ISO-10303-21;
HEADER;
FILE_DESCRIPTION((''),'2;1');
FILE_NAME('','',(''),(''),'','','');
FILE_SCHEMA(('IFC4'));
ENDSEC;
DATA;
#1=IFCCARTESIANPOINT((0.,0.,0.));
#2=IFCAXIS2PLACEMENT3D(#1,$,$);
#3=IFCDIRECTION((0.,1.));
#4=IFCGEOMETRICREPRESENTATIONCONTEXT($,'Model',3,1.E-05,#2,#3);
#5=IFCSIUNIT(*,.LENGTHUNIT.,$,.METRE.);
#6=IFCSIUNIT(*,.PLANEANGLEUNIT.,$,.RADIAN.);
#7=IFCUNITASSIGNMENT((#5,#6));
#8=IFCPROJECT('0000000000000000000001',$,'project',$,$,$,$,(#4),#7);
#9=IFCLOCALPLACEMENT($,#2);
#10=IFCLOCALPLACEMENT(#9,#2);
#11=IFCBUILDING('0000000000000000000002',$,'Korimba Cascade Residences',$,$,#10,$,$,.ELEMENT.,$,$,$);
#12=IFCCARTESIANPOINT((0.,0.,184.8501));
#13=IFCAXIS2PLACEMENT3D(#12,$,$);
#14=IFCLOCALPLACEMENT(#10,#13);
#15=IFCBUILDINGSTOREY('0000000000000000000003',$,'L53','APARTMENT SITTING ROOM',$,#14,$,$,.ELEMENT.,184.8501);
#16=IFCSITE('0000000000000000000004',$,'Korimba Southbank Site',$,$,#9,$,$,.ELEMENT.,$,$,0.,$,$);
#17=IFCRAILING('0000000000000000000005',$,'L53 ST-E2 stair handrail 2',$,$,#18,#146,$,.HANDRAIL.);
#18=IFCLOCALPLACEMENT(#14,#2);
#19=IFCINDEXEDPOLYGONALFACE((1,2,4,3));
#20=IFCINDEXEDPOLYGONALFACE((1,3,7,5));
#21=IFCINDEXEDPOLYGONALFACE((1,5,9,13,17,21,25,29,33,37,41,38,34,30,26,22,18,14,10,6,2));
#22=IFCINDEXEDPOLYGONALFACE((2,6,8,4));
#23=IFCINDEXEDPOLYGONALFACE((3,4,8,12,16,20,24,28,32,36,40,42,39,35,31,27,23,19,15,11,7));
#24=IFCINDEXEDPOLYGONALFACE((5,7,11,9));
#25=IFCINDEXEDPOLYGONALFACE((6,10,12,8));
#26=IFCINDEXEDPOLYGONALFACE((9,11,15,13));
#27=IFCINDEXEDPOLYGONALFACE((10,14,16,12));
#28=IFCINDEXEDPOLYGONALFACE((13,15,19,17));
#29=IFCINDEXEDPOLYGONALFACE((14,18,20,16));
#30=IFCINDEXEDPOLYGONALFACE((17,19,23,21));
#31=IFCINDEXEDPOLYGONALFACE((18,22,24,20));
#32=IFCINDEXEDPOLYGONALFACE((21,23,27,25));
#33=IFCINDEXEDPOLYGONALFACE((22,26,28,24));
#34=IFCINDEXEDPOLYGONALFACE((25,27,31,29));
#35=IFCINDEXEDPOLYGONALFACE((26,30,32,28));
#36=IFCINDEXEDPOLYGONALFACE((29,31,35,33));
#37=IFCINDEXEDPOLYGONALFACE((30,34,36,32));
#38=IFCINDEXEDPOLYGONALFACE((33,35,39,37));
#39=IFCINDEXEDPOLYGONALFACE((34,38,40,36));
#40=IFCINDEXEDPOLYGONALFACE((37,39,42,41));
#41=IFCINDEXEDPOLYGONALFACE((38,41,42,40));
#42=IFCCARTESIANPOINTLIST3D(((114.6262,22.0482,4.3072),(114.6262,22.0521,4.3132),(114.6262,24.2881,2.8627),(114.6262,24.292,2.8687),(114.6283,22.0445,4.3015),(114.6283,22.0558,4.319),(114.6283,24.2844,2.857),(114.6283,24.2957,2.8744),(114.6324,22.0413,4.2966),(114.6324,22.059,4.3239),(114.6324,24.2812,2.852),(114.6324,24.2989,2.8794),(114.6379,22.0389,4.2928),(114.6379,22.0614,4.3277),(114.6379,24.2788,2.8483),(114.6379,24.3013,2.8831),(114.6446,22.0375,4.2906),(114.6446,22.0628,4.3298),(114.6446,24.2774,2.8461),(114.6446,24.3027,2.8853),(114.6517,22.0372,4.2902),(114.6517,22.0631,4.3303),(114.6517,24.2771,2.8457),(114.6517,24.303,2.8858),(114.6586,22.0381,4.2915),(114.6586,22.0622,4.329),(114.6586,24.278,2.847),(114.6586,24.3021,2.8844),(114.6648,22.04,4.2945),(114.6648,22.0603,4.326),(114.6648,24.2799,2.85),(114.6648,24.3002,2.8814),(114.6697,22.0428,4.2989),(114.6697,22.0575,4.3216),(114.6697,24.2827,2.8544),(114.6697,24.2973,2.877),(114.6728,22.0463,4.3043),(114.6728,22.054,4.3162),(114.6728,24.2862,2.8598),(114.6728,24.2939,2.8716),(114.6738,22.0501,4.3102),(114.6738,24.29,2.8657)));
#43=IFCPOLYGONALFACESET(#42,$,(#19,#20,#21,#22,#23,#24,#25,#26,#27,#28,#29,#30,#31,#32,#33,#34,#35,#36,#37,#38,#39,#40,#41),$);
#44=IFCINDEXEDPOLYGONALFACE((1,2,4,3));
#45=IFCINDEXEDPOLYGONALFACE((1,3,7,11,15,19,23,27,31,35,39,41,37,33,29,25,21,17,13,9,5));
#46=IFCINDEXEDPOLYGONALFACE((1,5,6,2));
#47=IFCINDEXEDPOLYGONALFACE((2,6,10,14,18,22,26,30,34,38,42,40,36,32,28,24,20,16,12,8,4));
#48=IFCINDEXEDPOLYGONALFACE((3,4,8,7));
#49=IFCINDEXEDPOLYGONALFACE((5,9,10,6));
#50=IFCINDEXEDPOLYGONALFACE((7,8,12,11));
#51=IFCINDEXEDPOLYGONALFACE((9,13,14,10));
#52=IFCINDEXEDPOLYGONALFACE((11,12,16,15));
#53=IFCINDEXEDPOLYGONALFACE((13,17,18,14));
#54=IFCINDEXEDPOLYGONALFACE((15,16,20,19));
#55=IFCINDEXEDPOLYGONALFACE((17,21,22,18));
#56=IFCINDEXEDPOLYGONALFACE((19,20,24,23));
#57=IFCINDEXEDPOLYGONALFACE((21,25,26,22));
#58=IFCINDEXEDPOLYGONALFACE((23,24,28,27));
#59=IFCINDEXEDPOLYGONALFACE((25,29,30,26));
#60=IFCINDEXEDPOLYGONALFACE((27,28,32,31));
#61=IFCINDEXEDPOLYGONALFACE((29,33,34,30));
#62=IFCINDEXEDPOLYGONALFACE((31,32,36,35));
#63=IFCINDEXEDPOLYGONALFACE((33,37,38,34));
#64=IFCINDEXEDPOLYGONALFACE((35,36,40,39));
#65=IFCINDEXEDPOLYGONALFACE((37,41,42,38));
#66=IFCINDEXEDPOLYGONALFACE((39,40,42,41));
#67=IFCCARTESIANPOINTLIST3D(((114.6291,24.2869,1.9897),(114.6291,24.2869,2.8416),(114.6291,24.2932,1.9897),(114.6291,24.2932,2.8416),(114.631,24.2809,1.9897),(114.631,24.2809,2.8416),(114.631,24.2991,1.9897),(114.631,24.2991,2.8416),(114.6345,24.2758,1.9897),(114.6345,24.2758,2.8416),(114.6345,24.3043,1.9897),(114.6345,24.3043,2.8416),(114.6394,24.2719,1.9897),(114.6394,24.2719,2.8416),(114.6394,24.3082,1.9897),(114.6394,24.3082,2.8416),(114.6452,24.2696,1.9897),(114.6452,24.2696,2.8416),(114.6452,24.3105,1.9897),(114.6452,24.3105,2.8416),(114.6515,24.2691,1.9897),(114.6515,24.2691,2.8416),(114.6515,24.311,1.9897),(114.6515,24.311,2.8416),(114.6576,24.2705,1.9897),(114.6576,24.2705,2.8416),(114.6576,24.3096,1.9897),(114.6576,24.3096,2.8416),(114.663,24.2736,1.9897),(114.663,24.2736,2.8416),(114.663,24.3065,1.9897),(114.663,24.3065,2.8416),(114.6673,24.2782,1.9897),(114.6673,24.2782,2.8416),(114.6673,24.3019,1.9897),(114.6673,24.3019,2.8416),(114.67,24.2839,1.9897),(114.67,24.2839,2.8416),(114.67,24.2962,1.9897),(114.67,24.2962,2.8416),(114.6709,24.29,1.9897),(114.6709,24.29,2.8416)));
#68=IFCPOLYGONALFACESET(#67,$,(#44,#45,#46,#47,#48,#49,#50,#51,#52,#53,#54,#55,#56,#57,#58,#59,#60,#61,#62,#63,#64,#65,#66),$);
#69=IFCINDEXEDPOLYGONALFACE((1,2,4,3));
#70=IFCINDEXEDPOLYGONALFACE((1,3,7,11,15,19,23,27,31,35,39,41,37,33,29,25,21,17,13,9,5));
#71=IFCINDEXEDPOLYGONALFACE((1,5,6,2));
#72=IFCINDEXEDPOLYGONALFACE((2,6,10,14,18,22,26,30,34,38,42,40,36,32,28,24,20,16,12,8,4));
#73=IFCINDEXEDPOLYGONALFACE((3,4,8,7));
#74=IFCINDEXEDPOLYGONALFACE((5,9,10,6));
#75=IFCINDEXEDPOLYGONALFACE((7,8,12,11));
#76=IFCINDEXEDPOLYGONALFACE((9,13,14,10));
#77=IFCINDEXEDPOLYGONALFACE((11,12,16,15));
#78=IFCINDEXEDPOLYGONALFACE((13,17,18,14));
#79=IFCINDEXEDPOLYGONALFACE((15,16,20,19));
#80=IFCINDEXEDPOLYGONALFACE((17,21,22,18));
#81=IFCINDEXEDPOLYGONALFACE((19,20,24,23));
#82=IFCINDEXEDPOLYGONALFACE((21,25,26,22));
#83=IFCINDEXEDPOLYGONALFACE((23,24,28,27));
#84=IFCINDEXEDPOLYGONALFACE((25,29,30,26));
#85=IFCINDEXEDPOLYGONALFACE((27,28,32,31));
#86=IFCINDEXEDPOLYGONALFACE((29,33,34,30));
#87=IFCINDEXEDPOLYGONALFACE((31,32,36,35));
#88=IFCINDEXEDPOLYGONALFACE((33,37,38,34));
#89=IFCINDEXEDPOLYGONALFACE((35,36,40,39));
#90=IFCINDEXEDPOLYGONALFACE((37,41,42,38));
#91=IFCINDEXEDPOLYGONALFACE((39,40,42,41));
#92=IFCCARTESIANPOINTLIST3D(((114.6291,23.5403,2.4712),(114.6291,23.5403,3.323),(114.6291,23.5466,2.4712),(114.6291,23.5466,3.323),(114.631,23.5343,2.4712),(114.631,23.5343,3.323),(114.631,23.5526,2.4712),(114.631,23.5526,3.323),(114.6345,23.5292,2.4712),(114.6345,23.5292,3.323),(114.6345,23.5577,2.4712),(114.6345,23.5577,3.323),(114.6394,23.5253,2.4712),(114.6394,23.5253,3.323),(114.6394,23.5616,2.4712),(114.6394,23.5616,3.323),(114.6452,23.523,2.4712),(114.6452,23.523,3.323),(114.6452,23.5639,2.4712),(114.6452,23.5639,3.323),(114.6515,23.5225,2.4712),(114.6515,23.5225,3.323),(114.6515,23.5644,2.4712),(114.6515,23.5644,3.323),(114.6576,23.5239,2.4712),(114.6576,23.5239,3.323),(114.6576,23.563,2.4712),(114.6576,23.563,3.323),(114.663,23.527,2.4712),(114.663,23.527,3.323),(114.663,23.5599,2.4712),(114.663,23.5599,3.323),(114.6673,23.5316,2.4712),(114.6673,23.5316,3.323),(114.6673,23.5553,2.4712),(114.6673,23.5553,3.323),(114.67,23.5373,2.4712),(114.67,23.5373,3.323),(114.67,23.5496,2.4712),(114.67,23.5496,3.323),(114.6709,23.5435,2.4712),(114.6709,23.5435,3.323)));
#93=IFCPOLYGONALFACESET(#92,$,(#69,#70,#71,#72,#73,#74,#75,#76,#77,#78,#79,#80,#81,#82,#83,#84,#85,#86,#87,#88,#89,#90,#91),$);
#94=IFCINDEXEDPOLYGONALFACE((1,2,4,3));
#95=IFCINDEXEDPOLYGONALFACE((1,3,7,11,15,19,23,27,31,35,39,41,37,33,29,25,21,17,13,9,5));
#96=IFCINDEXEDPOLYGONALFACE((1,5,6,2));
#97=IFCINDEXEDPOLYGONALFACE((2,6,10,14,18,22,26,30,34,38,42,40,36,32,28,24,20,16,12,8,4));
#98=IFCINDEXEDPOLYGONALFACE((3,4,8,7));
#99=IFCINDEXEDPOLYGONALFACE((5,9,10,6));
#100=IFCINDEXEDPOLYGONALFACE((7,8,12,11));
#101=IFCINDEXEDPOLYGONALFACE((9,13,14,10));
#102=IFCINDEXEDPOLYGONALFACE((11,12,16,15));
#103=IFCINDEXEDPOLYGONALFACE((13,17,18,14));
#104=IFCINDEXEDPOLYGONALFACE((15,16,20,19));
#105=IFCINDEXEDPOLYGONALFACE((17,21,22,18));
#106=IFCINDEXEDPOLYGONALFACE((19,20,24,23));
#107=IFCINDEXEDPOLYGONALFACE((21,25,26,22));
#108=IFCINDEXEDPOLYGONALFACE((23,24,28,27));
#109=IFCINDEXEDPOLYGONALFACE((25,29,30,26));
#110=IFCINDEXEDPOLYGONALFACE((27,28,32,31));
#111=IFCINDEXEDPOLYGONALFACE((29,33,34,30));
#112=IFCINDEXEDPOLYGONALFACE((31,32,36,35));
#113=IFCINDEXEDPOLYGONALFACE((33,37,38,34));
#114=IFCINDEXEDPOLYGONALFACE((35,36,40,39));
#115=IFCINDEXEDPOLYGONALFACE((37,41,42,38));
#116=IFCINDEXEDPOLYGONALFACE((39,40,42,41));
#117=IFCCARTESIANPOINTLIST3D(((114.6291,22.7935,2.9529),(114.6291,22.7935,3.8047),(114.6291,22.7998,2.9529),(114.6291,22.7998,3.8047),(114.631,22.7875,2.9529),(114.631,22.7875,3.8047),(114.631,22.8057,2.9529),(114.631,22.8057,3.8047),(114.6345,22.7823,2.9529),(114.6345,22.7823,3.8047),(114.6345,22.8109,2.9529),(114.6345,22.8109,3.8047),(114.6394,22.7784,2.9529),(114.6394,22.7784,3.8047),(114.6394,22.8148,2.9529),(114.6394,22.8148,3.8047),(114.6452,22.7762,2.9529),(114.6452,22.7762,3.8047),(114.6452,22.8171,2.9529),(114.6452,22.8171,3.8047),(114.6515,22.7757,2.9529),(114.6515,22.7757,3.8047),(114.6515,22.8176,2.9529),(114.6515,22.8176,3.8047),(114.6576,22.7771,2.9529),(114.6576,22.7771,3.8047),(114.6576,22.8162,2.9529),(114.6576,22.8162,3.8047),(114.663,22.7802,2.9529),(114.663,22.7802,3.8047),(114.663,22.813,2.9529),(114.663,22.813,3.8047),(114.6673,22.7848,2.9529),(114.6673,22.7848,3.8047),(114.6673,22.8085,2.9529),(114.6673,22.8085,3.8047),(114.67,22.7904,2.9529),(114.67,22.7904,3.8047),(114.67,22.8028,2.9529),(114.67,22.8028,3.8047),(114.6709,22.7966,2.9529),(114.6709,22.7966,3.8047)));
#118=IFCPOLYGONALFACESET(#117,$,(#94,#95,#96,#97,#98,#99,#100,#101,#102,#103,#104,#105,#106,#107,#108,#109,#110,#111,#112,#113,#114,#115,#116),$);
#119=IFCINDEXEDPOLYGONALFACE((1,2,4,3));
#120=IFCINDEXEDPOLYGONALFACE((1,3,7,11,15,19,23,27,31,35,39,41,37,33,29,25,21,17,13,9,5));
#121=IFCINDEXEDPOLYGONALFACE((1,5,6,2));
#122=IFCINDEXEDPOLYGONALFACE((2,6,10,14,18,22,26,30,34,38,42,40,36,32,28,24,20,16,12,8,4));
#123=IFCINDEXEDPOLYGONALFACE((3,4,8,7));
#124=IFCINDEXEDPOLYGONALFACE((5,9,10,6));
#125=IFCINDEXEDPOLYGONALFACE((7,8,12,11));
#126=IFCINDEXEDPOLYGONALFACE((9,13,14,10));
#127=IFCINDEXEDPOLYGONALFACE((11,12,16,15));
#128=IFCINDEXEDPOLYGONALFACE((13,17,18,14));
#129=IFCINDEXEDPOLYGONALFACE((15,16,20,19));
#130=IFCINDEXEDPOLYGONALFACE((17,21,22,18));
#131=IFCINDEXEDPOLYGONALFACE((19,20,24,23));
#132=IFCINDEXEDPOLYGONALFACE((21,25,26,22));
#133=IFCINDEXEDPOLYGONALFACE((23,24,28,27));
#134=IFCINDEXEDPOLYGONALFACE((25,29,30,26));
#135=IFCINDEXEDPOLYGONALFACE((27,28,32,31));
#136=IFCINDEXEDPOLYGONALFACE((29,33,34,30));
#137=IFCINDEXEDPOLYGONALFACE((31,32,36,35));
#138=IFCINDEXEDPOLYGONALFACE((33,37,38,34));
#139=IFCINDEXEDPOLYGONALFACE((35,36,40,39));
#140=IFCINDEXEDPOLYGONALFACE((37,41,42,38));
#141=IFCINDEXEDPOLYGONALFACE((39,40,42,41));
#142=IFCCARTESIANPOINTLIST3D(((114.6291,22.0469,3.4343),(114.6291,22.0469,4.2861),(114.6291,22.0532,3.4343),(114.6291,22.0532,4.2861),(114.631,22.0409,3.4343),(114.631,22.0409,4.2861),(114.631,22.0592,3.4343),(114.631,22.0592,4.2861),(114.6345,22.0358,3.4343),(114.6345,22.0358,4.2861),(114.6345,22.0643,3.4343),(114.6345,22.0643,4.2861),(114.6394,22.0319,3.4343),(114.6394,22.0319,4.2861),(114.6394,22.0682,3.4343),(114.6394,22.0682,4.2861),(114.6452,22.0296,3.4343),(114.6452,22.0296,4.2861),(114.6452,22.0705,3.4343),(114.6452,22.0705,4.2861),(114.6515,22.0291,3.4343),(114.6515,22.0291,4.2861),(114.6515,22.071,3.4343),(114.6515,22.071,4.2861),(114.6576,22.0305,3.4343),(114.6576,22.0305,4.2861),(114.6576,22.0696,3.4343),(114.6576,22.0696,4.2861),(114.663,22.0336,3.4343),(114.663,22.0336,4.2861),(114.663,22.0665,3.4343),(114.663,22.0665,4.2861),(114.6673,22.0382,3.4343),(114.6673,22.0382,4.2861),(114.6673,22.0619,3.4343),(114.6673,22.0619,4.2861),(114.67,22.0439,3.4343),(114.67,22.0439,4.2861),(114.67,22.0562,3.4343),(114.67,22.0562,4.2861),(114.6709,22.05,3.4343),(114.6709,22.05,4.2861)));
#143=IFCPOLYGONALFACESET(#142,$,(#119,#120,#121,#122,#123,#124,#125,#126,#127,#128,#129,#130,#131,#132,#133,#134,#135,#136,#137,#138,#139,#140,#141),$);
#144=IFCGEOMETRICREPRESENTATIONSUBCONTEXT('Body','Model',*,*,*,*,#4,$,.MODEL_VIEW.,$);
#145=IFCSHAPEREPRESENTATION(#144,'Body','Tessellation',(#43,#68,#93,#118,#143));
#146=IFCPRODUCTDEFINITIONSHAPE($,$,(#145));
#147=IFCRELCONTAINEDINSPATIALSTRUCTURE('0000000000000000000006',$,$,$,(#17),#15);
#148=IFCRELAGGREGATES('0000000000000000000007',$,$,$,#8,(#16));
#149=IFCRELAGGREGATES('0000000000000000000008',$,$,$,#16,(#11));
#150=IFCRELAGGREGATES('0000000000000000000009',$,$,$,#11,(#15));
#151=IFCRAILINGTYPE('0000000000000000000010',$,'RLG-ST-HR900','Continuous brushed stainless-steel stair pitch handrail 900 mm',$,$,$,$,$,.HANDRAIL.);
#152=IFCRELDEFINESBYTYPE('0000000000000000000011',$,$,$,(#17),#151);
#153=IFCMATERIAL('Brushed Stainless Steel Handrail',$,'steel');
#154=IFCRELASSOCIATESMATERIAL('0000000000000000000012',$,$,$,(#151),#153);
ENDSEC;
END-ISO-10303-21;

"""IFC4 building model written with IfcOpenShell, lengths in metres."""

from ifc_helpers import new_model, si_unit, direction, frame, origin, origin_2d, place, context, subcontext, project, spatial, circle, extrude, material, type_object, element, save


model = new_model("IFC4")

# Units and contexts
model_context = context("Model", 3, precision=1e-05, world=origin(), true_north=direction((0.0, 1.0)))
body_context = subcontext(model_context, "Body", "Model", "MODEL_VIEW")
ifc_project = project(units=[si_unit("LENGTHUNIT", "METRE"), si_unit("PLANEANGLEUNIT", "RADIAN")], contexts=[model_context])

# Site, building, storey
site_placement = place(None, origin())
site = spatial("IfcSite", under=ifc_project, at=site_placement, Name="Korimba Southbank Site", CompositionType="ELEMENT", RefElevation=0.0)
building_placement = place(site_placement, origin())
building = spatial("IfcBuilding", under=site, at=building_placement, Name="Korimba Cascade Residences", CompositionType="ELEMENT")
storey_placement = place(building_placement, frame((0.0, 0.0, 184.8501)))
storey = spatial("IfcBuildingStorey", under=building, at=storey_placement, Name="L53", Description="APARTMENT SITTING ROOM", CompositionType="ELEMENT", Elevation=184.8501)

# Railing
ifc_material_1 = material(Name="Brushed Stainless Steel Handrail", Category="steel")
railing_type_1 = type_object("IfcRailingType", Name="RLG-ST-HR900", Description="Continuous brushed stainless-steel stair pitch handrail 900 mm", PredefinedType="HANDRAIL", material=ifc_material_1)
railing_1_placement = place(storey_placement, frame((114.6499, 24.29, 1.9897)))
element("IfcRailing", 1, at=railing_1_placement, inside=storey, type_object=railing_type_1, Name="L53 ST-E2 stair handrail 2", PredefinedType="HANDRAIL", context=body_context, shape_type="SweptSolid", body=[
    extrude(circle(Radius=0.0239, at=origin_2d()), frame((0.0, 0.0, 0.876), z_axis=(0.0, -0.840395, 0.541975), x_axis=(1.0, 0.0, 0.0)), (0.0, 0.0, 1.0), 2.6653),
    extrude(circle(Radius=0.021, at=origin_2d()), origin(), (0.0, 0.0, 1.0), 0.8518),
    extrude(circle(Radius=0.021, at=origin_2d()), frame((0.0, -0.7466, 0.4814)), (0.0, 0.0, 1.0), 0.8518),
    extrude(circle(Radius=0.021, at=origin_2d()), frame((0.0, -1.4934, 0.9631)), (0.0, 0.0, 1.0), 0.8518),
    extrude(circle(Radius=0.021, at=origin_2d()), frame((0.0, -2.24, 1.4446)), (0.0, 0.0, 1.0), 0.8518),
])

save(model, "model.ifc")
